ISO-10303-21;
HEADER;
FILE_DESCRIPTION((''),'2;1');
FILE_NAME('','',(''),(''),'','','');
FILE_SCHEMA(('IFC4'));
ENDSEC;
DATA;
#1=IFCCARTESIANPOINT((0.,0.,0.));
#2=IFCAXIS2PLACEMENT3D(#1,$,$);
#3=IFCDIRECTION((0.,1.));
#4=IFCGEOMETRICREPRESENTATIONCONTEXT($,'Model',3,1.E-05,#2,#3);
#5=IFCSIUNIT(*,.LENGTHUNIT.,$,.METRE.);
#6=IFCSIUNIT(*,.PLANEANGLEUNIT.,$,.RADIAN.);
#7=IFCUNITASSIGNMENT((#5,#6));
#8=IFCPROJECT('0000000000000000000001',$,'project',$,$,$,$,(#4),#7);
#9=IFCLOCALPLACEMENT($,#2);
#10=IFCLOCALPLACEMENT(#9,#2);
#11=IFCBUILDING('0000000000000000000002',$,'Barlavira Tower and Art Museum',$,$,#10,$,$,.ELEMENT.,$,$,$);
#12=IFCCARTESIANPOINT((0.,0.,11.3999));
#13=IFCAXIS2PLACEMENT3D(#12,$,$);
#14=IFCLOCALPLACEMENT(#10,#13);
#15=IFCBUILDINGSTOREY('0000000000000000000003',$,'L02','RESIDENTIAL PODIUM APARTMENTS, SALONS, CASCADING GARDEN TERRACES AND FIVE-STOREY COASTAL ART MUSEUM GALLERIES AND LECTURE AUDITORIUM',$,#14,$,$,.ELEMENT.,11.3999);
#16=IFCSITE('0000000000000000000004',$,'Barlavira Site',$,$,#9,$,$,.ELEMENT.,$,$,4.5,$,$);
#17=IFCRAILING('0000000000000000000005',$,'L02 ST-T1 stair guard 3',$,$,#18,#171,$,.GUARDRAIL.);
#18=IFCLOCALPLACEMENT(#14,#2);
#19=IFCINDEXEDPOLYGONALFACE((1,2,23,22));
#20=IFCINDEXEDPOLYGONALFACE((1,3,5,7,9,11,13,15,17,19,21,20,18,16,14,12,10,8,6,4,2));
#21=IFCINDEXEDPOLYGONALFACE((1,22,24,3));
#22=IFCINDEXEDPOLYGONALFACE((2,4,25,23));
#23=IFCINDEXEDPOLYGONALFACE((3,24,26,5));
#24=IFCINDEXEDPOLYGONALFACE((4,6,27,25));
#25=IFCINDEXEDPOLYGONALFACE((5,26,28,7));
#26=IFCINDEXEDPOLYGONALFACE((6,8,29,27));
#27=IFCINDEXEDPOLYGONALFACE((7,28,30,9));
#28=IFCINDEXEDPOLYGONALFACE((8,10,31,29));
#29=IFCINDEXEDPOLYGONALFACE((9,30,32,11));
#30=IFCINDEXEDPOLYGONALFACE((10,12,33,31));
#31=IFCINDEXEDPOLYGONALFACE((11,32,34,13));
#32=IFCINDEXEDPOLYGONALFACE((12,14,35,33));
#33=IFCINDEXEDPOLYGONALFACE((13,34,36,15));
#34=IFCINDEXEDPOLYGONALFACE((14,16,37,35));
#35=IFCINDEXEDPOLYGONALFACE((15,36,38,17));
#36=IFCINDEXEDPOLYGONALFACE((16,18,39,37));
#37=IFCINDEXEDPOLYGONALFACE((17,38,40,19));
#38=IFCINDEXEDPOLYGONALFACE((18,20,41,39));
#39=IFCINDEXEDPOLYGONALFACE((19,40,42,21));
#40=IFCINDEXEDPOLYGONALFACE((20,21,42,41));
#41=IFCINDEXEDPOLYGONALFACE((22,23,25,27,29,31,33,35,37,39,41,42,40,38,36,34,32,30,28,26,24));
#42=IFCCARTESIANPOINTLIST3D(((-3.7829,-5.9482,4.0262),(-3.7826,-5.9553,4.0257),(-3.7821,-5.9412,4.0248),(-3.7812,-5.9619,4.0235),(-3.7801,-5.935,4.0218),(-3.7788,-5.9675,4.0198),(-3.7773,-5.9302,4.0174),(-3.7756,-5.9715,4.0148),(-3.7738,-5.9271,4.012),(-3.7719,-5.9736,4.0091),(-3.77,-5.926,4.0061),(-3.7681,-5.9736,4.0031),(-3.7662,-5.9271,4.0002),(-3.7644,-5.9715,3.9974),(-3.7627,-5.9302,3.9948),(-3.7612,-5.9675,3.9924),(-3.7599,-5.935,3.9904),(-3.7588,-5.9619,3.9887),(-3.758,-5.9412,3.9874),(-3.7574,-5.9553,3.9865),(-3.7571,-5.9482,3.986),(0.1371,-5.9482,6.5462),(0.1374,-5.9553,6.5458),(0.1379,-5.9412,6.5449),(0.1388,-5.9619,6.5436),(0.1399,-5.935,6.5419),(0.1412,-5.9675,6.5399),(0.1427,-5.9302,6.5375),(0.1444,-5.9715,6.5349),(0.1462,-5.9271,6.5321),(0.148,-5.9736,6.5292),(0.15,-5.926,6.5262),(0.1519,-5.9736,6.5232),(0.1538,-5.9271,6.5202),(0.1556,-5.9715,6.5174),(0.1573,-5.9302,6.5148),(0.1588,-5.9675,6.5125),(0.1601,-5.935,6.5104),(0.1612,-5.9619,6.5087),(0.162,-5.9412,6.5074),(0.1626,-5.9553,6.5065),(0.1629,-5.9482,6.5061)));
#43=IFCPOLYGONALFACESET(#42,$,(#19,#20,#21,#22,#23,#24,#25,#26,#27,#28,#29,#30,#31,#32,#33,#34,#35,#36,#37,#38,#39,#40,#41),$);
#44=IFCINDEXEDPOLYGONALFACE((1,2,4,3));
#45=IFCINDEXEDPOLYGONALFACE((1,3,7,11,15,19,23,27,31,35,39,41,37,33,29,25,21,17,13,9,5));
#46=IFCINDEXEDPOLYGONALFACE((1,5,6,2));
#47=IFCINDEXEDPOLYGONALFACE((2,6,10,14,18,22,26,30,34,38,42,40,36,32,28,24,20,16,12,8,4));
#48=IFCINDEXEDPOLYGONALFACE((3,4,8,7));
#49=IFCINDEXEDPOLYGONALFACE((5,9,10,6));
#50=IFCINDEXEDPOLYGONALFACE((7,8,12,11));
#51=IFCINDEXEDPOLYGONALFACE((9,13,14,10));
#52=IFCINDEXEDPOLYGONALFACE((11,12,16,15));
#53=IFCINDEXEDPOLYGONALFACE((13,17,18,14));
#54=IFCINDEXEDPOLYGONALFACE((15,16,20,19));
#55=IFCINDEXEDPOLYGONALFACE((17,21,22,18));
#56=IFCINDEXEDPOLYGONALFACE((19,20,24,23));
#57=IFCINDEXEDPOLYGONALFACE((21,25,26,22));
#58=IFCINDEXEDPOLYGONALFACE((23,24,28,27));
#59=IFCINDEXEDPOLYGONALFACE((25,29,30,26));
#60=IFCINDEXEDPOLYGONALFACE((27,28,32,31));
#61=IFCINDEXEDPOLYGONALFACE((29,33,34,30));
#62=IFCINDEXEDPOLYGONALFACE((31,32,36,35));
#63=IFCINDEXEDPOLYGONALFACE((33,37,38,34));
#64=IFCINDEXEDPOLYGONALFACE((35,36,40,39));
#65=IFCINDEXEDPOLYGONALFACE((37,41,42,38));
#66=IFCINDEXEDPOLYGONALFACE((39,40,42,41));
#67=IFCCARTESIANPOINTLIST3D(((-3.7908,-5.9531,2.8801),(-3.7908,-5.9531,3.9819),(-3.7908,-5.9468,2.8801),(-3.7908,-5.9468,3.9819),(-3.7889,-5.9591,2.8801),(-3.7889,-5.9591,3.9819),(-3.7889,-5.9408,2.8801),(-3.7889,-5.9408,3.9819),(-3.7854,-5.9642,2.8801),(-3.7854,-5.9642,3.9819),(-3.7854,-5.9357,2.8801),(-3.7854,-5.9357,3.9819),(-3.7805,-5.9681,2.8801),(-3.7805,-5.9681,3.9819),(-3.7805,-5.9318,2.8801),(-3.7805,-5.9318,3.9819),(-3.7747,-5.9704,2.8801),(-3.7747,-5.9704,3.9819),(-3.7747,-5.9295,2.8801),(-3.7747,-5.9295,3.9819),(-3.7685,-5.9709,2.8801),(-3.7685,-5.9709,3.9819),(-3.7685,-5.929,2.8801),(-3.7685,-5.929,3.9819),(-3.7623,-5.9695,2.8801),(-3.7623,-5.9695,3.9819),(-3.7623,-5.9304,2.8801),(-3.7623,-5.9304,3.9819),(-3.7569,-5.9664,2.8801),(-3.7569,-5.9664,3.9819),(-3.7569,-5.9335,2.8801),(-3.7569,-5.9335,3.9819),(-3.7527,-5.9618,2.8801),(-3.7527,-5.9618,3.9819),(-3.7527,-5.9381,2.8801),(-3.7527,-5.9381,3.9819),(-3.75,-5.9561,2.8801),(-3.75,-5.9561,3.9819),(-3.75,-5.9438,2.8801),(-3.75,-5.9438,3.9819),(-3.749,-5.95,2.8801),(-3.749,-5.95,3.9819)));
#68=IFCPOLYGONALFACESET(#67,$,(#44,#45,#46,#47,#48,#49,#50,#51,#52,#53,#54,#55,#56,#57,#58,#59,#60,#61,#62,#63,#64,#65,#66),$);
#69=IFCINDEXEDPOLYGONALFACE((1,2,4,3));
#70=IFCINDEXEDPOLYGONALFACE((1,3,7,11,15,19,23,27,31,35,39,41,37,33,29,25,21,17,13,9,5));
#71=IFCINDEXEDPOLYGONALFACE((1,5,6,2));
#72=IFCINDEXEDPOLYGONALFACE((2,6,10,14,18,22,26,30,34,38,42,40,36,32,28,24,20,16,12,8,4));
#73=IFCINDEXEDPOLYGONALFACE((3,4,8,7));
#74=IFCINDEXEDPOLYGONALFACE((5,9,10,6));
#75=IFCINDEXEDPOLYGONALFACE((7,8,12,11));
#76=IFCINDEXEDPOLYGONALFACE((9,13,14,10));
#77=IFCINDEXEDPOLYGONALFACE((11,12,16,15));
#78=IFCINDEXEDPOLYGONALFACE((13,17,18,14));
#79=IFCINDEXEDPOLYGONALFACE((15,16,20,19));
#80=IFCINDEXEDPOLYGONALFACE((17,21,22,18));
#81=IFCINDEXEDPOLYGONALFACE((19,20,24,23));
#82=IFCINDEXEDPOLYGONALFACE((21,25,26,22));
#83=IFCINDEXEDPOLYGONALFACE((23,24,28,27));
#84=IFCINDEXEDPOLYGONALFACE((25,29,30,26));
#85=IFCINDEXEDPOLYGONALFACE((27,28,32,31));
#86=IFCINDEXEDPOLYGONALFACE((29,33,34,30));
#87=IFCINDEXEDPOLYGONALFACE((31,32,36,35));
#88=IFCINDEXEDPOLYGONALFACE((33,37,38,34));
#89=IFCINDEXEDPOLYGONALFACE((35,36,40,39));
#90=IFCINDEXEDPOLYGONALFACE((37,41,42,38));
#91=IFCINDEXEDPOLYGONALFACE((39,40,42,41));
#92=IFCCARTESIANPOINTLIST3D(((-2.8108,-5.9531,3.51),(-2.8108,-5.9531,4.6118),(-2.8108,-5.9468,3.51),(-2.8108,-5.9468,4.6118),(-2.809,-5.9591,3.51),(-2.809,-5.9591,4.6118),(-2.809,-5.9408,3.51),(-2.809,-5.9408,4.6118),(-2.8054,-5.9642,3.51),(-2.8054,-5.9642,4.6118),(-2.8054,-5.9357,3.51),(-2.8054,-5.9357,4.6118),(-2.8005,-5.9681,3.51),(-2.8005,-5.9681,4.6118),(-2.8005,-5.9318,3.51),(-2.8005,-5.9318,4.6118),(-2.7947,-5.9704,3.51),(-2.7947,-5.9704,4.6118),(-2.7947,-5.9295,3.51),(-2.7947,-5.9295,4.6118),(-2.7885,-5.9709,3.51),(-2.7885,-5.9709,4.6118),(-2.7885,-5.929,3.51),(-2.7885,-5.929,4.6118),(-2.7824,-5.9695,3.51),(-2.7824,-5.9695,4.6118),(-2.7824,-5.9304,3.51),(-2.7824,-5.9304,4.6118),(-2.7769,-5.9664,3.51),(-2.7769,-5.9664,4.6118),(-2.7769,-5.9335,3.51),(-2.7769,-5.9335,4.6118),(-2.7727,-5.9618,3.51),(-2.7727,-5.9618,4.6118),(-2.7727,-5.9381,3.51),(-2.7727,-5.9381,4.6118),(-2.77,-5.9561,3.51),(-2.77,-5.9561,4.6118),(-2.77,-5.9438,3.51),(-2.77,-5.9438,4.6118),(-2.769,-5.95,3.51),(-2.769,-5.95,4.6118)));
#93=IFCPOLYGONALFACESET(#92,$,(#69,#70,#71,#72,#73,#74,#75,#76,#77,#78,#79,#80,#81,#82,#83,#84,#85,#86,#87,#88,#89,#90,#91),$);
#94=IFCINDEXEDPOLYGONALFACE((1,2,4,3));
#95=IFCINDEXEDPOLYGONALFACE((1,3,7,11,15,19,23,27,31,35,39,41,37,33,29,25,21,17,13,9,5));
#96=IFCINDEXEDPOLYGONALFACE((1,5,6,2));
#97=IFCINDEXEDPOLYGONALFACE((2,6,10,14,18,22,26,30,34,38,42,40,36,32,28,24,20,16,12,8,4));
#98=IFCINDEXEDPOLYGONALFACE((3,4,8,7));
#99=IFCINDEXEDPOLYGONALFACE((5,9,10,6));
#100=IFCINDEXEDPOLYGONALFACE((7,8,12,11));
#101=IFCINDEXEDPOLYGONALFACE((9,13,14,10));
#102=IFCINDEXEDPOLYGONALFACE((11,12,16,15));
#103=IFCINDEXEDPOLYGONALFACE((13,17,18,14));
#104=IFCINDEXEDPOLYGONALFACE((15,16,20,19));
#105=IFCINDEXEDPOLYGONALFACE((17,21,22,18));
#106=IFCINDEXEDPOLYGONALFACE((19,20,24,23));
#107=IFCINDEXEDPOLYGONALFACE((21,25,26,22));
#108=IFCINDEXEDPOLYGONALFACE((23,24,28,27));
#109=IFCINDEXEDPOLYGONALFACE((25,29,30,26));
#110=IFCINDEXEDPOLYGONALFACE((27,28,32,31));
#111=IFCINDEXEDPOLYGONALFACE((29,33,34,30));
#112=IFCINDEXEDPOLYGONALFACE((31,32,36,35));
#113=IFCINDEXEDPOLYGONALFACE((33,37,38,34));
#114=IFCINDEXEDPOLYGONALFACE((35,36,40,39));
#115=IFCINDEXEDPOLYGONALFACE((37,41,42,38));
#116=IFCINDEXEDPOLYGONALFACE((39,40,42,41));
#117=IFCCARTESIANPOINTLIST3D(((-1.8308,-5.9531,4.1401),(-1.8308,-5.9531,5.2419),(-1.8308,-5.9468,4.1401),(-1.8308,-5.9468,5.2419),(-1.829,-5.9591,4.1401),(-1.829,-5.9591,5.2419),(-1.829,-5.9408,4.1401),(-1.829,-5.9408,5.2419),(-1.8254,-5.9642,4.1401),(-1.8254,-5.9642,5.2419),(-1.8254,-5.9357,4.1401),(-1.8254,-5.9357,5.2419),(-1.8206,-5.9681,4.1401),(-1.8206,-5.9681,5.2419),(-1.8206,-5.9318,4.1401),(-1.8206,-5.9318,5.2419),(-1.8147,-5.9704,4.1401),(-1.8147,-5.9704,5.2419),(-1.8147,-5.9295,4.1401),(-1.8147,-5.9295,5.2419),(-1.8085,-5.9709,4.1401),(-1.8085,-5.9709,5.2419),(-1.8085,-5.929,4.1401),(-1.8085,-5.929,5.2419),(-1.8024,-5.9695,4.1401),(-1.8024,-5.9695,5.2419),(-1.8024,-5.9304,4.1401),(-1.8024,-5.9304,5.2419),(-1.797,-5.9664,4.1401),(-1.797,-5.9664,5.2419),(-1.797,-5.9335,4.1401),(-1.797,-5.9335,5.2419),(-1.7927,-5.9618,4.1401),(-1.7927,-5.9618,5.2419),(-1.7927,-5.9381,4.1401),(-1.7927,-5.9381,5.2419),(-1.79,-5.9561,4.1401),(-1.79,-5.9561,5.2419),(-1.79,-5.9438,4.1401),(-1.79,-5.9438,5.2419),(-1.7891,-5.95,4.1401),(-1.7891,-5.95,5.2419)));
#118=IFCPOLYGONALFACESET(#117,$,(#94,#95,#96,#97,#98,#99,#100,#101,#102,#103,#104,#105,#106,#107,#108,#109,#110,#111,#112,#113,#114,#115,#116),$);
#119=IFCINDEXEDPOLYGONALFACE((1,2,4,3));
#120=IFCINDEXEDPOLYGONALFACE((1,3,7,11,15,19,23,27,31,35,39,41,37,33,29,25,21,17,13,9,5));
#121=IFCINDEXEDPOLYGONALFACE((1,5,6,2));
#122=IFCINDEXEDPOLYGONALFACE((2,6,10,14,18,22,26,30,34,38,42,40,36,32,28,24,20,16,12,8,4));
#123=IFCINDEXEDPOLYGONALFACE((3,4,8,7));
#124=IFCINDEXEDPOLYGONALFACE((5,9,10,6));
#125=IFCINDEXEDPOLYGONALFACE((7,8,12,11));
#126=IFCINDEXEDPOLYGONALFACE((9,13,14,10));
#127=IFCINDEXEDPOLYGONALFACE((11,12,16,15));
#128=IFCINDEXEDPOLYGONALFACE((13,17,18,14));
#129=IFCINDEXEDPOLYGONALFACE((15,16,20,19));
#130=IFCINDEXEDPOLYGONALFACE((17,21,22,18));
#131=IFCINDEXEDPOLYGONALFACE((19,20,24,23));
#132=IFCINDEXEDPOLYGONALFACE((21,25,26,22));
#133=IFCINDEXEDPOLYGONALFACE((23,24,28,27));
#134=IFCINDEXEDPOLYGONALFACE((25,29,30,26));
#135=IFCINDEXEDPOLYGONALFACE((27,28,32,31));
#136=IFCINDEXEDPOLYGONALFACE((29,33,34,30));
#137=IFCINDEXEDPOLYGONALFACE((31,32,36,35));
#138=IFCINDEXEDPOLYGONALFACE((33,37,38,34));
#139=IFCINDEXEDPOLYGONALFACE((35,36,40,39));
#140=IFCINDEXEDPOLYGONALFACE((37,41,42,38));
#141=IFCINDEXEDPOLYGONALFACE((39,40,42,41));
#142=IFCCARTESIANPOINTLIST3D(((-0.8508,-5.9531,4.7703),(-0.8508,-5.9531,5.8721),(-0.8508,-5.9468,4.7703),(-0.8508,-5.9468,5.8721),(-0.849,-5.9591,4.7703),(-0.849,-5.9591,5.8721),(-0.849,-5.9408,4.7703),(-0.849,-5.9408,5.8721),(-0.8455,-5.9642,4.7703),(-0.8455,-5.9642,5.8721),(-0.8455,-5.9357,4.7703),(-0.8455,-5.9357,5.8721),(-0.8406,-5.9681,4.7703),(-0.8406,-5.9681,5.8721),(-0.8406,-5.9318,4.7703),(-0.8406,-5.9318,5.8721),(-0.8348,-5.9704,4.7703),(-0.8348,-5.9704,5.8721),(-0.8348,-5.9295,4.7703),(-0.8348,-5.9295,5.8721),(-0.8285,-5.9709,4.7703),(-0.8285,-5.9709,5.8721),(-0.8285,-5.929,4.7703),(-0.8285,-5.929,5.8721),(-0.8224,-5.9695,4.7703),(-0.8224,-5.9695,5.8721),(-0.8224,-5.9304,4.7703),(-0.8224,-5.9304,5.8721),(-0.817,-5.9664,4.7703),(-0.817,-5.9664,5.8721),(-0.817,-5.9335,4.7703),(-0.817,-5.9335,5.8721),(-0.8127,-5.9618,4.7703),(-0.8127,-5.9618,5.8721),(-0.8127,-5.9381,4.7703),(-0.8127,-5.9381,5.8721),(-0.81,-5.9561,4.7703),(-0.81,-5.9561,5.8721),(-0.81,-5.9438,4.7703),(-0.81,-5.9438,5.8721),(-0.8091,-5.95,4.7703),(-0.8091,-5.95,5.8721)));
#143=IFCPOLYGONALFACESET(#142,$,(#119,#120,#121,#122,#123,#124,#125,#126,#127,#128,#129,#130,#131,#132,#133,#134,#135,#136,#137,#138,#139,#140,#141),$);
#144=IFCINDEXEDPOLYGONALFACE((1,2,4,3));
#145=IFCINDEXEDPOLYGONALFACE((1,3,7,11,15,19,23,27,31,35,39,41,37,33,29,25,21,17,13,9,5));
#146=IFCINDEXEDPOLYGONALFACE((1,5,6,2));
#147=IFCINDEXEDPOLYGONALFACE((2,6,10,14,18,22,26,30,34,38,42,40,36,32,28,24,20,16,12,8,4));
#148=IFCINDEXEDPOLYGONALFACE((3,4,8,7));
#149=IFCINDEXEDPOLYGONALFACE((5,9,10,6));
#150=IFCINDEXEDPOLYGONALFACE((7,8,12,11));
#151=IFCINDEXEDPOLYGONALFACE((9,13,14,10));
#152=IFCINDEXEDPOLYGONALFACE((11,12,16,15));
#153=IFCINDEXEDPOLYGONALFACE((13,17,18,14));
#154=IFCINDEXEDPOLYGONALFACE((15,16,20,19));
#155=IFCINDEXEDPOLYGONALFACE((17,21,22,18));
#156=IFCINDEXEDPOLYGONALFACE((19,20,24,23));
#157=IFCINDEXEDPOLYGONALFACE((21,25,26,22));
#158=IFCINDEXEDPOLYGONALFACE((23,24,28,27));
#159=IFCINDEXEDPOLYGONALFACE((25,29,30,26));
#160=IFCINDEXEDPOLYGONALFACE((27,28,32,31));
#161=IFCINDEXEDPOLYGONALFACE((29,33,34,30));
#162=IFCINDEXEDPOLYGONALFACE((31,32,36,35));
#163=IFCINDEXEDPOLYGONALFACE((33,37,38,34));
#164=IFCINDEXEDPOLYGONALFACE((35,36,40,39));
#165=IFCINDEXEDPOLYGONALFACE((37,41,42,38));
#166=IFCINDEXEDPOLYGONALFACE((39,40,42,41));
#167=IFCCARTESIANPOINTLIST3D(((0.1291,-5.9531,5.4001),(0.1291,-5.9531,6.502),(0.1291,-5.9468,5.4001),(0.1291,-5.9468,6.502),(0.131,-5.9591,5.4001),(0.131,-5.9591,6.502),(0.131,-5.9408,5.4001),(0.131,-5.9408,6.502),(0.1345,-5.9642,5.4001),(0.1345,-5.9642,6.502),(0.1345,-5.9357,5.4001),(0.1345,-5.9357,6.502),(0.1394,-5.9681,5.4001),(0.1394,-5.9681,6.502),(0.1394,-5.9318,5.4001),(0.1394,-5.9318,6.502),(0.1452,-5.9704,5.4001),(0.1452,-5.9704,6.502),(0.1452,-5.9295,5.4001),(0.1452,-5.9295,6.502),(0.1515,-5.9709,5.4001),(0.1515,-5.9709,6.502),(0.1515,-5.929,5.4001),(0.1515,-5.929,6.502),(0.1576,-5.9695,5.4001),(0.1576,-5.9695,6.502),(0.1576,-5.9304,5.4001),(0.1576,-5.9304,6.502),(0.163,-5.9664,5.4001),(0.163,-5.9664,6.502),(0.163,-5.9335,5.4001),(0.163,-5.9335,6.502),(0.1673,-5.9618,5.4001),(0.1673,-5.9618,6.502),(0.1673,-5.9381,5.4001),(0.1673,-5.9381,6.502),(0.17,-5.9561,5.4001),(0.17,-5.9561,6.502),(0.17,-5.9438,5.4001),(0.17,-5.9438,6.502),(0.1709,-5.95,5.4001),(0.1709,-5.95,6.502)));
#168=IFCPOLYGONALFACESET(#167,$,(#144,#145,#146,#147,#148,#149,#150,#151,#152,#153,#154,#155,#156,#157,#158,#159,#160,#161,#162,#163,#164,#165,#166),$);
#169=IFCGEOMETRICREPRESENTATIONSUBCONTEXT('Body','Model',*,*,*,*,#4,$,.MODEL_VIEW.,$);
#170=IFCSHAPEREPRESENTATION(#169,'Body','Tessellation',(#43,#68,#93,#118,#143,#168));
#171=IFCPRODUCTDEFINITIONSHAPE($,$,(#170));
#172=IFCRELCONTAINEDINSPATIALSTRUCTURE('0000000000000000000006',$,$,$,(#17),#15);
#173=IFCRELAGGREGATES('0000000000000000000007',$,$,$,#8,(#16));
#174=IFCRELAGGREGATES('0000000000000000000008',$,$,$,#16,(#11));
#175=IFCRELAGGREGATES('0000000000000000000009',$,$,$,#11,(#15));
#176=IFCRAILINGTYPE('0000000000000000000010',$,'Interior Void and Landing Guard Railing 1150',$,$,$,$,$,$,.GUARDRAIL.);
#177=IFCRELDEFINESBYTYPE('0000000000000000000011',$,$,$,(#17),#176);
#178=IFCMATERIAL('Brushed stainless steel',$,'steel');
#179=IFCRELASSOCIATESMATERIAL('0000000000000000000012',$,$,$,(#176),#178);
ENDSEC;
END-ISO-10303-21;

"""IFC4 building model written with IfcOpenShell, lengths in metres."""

from ifc_helpers import new_model, si_unit, direction, frame, origin, origin_2d, place, context, subcontext, project, spatial, circle, extrude, material, type_object, element, save


model = new_model("IFC4")

# Units and contexts
model_context = context("Model", 3, precision=1e-05, world=origin(), true_north=direction((0.0, 1.0)))
body_context = subcontext(model_context, "Body", "Model", "MODEL_VIEW")
ifc_project = project(units=[si_unit("LENGTHUNIT", "METRE"), si_unit("PLANEANGLEUNIT", "RADIAN")], contexts=[model_context])

# Site, building, storey
site_placement = place(None, origin())
site = spatial("IfcSite", under=ifc_project, at=site_placement, Name="Barlavira Site", CompositionType="ELEMENT", RefElevation=4.5)
building_placement = place(site_placement, origin())
building = spatial("IfcBuilding", under=site, at=building_placement, Name="Barlavira Tower and Art Museum", CompositionType="ELEMENT")
storey_placement = place(building_placement, frame((0.0, 0.0, 11.3999)))
storey = spatial("IfcBuildingStorey", under=building, at=storey_placement, Name="L02", Description="RESIDENTIAL PODIUM APARTMENTS, SALONS, CASCADING GARDEN TERRACES AND FIVE-STOREY COASTAL ART MUSEUM GALLERIES AND LECTURE AUDITORIUM", CompositionType="ELEMENT", Elevation=11.3999)

# Shared definitions
ifc_material_1 = material(Name="Brushed stainless steel", Category="steel")

# Railing
railing_type_1 = type_object("IfcRailingType", Name="Interior Void and Landing Guard Railing 1150", PredefinedType="GUARDRAIL", material=ifc_material_1)
railing_1_placement = place(storey_placement, frame((-3.77, -5.95, 2.8801)))
element("IfcRailing", 1, at=railing_1_placement, inside=storey, type_object=railing_type_1, Name="L02 ST-T1 stair guard 3", PredefinedType="GUARDRAIL", context=body_context, shape_type="SweptSolid", body=[
    extrude(circle(Radius=0.0239, at=origin_2d()), frame((0.0, 0.0, 1.126), z_axis=(0.841172, 0.0, 0.540768), x_axis=(0.0, 1.0, 0.0)), (0.0, 0.0, 1.0), 4.6602),
    extrude(circle(Radius=0.021, at=origin_2d()), origin(), (0.0, 0.0, 1.0), 1.1018),
    extrude(circle(Radius=0.021, at=origin_2d()), frame((0.98, 0.0, 0.6299)), (0.0, 0.0, 1.0), 1.1018),
    extrude(circle(Radius=0.021, at=origin_2d()), frame((1.96, 0.0, 1.26)), (0.0, 0.0, 1.0), 1.1018),
    extrude(circle(Radius=0.021, at=origin_2d()), frame((2.9399, 0.0, 1.8901)), (0.0, 0.0, 1.0), 1.1018),
    extrude(circle(Radius=0.021, at=origin_2d()), frame((3.9199, 0.0, 2.52)), (0.0, 0.0, 1.0), 1.1018),
])

save(model, "model.ifc")
